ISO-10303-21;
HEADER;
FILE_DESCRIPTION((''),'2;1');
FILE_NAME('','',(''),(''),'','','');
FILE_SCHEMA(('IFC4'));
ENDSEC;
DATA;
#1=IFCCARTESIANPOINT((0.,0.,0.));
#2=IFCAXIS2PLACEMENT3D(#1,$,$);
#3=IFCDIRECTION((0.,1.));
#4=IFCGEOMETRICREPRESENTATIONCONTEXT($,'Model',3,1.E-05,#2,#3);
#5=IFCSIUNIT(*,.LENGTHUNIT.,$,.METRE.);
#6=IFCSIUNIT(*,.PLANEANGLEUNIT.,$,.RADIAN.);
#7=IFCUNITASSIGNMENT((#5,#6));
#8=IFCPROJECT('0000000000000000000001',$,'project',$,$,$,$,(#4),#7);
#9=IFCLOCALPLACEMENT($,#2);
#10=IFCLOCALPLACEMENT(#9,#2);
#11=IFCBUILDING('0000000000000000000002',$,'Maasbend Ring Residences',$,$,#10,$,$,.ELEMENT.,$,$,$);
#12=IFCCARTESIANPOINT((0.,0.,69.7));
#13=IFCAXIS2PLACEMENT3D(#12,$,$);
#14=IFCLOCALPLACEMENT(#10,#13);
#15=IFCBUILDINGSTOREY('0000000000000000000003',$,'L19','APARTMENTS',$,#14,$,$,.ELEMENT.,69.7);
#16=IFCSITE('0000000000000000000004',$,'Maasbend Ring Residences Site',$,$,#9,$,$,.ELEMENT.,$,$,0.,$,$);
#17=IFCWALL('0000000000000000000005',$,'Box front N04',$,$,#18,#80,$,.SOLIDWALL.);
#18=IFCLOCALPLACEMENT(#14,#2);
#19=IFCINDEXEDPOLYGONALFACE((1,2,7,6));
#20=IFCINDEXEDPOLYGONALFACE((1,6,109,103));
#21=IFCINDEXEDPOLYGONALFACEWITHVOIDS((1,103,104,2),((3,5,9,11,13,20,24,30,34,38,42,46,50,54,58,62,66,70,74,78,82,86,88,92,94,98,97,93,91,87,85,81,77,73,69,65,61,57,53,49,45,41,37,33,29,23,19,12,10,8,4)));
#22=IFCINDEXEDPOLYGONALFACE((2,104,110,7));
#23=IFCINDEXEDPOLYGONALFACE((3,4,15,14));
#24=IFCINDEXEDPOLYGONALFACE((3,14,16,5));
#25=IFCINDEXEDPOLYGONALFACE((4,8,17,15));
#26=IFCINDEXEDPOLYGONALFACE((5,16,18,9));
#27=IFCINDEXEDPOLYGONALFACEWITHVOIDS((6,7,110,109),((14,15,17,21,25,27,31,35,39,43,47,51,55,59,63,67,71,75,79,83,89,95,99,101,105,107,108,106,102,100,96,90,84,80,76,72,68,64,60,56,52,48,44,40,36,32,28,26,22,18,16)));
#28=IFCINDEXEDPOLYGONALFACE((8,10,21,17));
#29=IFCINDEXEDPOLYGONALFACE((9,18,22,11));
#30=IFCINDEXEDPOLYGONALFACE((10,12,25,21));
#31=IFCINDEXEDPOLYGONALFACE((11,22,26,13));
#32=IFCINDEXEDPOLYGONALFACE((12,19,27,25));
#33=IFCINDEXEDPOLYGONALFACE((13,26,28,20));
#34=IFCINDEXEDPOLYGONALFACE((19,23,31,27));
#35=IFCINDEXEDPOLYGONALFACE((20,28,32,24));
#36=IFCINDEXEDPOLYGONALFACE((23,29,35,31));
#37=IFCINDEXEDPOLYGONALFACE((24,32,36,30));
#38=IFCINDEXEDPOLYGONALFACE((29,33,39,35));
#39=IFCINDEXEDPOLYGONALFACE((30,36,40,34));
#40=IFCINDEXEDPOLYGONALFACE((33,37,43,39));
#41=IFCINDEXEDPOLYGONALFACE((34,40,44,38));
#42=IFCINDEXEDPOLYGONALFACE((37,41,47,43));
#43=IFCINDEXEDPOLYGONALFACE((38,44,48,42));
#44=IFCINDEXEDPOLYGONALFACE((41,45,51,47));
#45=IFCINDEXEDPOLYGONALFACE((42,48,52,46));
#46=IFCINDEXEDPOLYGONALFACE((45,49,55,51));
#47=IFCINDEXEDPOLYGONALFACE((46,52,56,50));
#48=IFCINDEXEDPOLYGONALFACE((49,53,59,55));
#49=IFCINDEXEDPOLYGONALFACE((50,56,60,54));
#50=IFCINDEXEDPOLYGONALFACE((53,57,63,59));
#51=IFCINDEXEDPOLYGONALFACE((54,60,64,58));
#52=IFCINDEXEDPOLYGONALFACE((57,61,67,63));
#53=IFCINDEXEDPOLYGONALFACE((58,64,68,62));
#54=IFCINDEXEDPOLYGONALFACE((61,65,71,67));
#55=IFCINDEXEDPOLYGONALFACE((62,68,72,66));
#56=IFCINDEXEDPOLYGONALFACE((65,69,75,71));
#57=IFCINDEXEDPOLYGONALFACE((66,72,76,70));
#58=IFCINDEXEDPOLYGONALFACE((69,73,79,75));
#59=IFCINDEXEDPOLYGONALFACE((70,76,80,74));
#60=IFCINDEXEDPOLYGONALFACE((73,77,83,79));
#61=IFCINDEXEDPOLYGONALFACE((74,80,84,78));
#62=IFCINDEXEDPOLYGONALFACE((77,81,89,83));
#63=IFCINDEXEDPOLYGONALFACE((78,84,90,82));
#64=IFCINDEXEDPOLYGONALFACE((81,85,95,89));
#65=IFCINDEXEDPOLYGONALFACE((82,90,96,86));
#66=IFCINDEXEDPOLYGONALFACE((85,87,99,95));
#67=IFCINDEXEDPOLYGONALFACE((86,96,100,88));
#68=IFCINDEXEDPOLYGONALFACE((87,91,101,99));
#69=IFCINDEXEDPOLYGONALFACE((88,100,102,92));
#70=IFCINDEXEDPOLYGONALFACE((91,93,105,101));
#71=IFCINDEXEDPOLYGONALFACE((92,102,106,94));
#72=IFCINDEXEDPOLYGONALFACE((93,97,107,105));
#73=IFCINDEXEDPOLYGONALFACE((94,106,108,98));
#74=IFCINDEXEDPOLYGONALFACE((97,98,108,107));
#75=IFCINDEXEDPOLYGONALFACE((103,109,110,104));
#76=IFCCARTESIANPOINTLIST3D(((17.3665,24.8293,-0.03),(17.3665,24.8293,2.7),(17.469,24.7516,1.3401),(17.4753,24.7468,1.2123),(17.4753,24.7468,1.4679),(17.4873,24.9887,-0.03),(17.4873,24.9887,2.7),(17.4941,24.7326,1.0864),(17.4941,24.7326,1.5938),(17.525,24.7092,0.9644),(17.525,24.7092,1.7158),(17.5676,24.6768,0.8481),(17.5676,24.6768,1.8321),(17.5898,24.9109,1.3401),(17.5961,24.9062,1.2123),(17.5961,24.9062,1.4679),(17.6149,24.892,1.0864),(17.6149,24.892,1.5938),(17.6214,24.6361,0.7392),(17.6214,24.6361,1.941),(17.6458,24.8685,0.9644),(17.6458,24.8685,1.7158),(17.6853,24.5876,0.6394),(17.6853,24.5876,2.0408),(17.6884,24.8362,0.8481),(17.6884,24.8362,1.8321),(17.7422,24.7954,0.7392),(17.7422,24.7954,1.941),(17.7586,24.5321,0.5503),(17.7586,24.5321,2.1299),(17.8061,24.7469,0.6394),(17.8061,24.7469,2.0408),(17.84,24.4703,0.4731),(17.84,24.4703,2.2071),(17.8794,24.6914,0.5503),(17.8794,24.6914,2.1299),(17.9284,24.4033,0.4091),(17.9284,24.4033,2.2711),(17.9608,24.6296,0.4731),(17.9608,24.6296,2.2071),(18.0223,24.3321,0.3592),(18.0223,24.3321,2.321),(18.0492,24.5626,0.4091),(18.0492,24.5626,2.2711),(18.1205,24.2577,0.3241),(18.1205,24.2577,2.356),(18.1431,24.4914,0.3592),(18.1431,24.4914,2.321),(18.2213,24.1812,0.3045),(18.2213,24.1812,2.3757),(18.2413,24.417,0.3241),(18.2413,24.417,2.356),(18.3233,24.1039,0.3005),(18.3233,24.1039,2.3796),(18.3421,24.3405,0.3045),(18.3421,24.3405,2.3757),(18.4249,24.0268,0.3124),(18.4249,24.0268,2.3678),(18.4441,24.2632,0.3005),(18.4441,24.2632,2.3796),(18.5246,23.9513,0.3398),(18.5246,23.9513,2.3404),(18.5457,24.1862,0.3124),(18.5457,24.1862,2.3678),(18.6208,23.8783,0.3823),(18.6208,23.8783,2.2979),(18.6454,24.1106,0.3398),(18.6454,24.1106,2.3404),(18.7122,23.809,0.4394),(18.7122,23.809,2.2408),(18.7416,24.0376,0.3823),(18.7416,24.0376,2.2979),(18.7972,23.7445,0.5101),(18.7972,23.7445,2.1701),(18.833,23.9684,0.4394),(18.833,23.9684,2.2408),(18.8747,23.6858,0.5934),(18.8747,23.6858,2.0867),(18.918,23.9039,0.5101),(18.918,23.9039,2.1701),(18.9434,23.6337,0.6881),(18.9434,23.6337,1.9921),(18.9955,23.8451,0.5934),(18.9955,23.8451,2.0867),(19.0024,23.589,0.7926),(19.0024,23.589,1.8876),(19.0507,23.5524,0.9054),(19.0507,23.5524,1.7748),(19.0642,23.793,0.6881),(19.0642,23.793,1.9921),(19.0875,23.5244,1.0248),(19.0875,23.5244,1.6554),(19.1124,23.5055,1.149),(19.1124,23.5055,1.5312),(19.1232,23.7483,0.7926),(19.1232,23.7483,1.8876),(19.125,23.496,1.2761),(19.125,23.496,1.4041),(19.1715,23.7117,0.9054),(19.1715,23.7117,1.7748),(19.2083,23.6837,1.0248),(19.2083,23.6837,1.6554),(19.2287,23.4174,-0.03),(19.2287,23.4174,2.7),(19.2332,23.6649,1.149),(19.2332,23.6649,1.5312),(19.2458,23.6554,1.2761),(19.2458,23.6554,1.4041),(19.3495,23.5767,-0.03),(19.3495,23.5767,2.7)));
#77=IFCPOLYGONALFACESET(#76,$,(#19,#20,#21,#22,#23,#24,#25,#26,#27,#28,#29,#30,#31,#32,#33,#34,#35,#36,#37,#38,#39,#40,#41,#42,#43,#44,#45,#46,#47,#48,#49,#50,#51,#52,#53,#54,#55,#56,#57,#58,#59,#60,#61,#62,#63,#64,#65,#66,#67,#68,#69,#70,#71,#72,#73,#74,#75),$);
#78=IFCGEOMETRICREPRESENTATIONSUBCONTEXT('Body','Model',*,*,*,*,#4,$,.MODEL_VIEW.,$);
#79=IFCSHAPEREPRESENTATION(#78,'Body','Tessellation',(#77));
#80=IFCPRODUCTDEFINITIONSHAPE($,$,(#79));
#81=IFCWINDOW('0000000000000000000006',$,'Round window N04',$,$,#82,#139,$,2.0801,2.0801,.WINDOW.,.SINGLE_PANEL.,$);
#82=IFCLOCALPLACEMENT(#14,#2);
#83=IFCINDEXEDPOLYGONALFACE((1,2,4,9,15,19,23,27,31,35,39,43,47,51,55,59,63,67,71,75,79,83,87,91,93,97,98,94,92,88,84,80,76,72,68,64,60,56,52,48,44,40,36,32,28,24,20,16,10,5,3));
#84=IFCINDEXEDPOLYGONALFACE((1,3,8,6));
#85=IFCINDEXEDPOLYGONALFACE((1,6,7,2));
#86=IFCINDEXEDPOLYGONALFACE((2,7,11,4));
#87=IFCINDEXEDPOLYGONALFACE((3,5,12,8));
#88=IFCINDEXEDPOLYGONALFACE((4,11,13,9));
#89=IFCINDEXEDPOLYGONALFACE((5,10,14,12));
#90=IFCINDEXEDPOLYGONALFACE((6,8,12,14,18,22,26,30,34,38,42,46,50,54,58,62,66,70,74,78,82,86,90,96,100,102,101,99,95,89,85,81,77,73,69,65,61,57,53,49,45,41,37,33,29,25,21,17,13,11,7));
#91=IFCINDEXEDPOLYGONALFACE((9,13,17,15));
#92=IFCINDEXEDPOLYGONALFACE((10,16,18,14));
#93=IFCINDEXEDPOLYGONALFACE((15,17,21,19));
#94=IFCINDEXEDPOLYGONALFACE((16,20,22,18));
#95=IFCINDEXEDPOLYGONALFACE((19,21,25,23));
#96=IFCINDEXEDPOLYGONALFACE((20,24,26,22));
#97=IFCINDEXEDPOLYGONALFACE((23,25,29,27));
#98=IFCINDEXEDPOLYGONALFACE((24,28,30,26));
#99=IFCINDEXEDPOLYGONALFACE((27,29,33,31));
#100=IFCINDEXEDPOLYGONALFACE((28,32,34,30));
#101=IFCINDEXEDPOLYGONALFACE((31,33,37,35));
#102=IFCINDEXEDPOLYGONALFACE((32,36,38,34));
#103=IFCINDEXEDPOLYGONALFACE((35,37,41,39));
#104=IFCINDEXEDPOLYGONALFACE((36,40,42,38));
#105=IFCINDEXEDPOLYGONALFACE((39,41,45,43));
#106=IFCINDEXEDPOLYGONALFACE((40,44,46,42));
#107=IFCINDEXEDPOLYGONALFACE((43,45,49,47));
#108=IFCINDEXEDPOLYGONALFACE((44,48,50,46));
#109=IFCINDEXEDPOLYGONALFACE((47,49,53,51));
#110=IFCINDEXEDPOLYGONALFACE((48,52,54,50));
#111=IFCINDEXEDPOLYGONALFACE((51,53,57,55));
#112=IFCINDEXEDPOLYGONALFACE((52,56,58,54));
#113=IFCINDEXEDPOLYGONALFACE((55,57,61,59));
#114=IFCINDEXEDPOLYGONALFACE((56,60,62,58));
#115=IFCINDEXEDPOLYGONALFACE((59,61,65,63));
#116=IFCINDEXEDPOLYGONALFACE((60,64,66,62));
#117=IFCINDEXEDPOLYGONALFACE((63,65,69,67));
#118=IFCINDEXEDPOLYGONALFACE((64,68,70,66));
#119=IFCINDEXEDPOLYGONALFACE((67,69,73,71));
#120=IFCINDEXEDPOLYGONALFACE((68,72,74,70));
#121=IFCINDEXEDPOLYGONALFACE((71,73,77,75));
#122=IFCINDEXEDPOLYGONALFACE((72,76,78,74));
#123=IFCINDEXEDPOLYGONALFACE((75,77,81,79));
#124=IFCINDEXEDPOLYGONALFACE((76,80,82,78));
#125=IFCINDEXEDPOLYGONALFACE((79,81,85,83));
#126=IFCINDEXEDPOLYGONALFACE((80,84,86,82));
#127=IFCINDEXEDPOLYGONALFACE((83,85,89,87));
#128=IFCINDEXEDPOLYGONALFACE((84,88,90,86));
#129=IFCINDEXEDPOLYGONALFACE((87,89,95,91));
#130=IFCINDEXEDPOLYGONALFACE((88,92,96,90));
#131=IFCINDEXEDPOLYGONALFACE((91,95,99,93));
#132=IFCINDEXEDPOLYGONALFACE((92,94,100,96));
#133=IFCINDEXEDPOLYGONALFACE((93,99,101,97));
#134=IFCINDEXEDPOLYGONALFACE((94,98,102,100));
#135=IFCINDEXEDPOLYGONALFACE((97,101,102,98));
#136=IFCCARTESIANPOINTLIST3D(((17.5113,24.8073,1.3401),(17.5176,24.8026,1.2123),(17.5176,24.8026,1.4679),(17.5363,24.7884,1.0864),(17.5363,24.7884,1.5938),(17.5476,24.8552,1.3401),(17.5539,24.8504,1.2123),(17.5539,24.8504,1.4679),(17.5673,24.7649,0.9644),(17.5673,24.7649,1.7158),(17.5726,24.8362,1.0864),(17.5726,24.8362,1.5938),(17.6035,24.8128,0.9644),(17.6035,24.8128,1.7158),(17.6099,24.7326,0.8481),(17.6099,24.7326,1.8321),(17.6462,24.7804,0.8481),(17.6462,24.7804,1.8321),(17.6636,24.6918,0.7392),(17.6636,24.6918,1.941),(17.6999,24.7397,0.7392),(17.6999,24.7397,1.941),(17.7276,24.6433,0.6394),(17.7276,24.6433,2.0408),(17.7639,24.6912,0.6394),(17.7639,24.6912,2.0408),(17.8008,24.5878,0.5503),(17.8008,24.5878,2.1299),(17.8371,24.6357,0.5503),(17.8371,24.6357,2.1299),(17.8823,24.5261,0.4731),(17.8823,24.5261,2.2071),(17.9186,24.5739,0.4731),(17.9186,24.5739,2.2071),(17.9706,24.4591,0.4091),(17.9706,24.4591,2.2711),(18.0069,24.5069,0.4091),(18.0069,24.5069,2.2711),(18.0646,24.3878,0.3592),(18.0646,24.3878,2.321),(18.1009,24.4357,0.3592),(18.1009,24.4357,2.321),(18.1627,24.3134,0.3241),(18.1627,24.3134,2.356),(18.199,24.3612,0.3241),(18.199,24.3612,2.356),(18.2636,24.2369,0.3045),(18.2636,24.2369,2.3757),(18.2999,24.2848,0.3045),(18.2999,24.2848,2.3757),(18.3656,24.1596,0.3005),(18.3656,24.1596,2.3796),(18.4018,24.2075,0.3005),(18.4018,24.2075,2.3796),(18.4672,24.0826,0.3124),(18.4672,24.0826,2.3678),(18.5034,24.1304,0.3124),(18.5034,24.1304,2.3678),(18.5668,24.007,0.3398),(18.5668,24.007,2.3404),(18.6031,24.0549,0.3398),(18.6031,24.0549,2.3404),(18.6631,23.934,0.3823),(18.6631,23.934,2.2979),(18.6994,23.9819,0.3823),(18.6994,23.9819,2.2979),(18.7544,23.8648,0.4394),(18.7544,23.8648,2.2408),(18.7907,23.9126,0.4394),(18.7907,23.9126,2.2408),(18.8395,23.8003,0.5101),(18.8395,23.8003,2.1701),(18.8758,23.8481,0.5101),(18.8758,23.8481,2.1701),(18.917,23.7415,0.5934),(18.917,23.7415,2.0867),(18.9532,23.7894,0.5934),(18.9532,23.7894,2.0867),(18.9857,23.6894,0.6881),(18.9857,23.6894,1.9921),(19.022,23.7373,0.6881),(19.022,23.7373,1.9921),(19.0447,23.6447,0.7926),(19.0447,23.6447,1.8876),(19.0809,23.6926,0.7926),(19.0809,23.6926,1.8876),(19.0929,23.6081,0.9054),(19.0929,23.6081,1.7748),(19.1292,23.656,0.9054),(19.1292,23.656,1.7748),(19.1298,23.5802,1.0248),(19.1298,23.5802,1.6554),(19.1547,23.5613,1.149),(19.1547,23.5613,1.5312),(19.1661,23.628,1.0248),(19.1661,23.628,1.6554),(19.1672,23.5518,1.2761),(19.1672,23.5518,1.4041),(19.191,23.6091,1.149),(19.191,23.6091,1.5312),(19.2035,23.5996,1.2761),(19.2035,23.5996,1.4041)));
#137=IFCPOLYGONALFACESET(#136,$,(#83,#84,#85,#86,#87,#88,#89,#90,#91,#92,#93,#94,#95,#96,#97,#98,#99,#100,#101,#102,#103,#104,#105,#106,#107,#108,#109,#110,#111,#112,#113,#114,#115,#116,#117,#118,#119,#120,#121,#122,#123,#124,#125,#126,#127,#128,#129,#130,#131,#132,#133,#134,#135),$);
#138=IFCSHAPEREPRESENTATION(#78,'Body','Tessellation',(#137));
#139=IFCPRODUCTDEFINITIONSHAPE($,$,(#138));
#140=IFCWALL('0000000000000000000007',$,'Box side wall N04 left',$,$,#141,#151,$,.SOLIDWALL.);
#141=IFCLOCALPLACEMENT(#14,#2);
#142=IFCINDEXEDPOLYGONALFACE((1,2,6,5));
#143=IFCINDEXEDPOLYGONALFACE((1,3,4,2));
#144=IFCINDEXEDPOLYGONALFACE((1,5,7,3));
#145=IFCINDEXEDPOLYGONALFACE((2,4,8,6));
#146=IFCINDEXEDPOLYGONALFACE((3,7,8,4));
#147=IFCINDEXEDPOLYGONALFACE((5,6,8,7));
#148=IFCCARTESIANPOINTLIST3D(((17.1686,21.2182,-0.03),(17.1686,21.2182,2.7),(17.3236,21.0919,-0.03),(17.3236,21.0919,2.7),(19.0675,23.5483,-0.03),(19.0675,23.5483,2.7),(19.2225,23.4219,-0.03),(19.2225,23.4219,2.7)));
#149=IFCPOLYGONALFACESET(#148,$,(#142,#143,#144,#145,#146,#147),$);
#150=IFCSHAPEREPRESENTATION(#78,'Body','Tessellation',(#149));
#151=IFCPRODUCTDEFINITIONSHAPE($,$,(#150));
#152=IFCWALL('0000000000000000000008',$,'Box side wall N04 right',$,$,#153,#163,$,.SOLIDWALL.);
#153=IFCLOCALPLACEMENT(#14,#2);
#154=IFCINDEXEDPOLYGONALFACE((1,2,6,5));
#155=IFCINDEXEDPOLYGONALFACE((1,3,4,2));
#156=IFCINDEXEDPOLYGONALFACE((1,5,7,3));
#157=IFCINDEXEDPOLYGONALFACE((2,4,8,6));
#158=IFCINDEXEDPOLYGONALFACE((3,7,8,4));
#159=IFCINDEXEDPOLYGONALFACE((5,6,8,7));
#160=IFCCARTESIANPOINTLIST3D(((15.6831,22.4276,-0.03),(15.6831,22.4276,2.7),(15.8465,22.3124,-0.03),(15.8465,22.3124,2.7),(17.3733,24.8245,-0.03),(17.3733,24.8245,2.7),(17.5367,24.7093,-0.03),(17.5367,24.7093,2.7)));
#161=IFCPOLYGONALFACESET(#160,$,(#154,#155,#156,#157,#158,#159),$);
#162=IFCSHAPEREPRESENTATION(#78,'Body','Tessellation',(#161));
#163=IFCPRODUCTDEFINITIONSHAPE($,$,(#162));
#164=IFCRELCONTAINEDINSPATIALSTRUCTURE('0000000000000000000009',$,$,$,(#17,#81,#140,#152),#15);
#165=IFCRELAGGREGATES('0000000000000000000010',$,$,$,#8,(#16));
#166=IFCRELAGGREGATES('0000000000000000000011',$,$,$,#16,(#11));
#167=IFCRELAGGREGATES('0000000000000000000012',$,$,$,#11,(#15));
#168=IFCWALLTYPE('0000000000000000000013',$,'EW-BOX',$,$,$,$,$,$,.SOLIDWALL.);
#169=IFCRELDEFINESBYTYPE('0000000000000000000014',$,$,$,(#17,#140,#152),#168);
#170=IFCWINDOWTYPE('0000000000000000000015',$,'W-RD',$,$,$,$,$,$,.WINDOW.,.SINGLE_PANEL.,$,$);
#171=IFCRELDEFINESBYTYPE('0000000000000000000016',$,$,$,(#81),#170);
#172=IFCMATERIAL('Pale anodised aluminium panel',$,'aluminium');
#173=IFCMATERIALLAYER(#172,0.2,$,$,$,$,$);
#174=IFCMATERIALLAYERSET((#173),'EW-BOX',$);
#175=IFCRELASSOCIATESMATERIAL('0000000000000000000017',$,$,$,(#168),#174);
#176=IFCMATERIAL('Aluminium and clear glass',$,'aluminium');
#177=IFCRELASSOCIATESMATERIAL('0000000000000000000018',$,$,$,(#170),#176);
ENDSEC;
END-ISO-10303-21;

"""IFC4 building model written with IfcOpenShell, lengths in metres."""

from ifc_helpers import new_model, si_unit, direction, frame, frame_2d, origin, place, context, subcontext, project, spatial, rectangle, circle, extrude, material, layer, layer_set, type_object, element, fill, save


model = new_model("IFC4")

# Units and contexts
model_context = context("Model", 3, precision=1e-05, world=origin(), true_north=direction((0.0, 1.0)))
body_context = subcontext(model_context, "Body", "Model", "MODEL_VIEW")
ifc_project = project(units=[si_unit("LENGTHUNIT", "METRE"), si_unit("PLANEANGLEUNIT", "RADIAN")], contexts=[model_context])

# Site, building, storey
site_placement = place(None, origin())
site = spatial("IfcSite", under=ifc_project, at=site_placement, Name="Maasbend Ring Residences Site", CompositionType="ELEMENT", RefElevation=0.0)
building_placement = place(site_placement, origin())
building = spatial("IfcBuilding", under=site, at=building_placement, Name="Maasbend Ring Residences", CompositionType="ELEMENT")
storey_placement = place(building_placement, frame((0.0, 0.0, 69.7)))
storey = spatial("IfcBuildingStorey", under=building, at=storey_placement, Name="L19", Description="APARTMENTS", CompositionType="ELEMENT", Elevation=69.7)

# Shared definitions
ifc_material_1 = material(Name="Pale anodised aluminium panel", Category="aluminium")
ifc_layer_1 = layer(ifc_material_1, 0.2)
ifc_layer_set_1 = layer_set([ifc_layer_1], Name="EW-BOX")
wall_type_1 = type_object("IfcWallType", Name="EW-BOX", PredefinedType="SOLIDWALL", material=ifc_layer_set_1)
ifc_material_2 = material(Name="Aluminium and clear glass", Category="aluminium")
window_type_1 = type_object("IfcWindowType", Name="W-RD", PartitioningType="SINGLE_PANEL", PredefinedType="WINDOW", material=ifc_material_2)

# Wall, opening, window
wall_1_placement = place(storey_placement, frame((19.2891, 23.4971, -0.03), z_axis=(0.0, 0.0, 1.0), x_axis=(-0.796842, 0.604188, 0.0)))
wall_1 = element("IfcWall", 1, at=wall_1_placement, inside=storey, type_object=wall_type_1, Name="Box front N04", PredefinedType="SOLIDWALL", context=body_context, shape_type="SweptSolid", body=[
    extrude(rectangle(XDim=2.3369, YDim=0.2, at=frame_2d((1.1685, 0.0))), origin(), (0.0, 0.0, 1.0), 2.73),
])
opening_1_placement = place(wall_1_placement, frame((0.1282, 0.0, 0.3301)))
opening_1 = element("IfcOpeningElement", 2, at=opening_1_placement, cuts=wall_1, PredefinedType="OPENING", context=body_context, shape_type="SweptSolid", body=[
    extrude(circle(Radius=1.04, at=frame_2d((1.04, 1.04))), frame((0.0, 0.1099, 0.0), z_axis=(0.0, -1.0, 0.0), x_axis=(1.0, 0.0, 0.0)), (0.0, 0.0, 1.0), 0.22),
])
window_1_placement = place(opening_1_placement, origin())
window_1 = element("IfcWindow", 3, at=window_1_placement, inside=storey, type_object=window_type_1, Name="Round window N04", OverallHeight=2.0801, OverallWidth=2.0801, PartitioningType="SINGLE_PANEL", PredefinedType="WINDOW", context=body_context, shape_type="SweptSolid", body=[
    extrude(circle(Radius=1.04, at=frame_2d((1.04, 1.04))), frame((0.0, 0.03, 0.0), z_axis=(0.0, -1.0, 0.0), x_axis=(1.0, 0.0, 0.0)), (0.0, 0.0, 1.0), 0.0601),
])
fill(opening_1, window_1)

# Walls
wall_2_placement = place(storey_placement, frame((17.2461, 21.155, -0.03), z_axis=(0.0, 0.0, 1.0), x_axis=(0.631742, 0.775179, 0.0)))
element("IfcWall", 4, at=wall_2_placement, inside=storey, type_object=wall_type_1, Name="Box side wall N04 left", PredefinedType="SOLIDWALL", context=body_context, shape_type="SweptSolid", body=[
    extrude(rectangle(XDim=3.0059, YDim=0.2, at=frame_2d((1.5029, 0.0))), origin(), (0.0, 0.0, 1.0), 2.73),
])
wall_3_placement = place(storey_placement, frame((15.7649, 22.3701, -0.03), z_axis=(0.0, 0.0, 1.0), x_axis=(0.576275, 0.817256, 0.0)))
element("IfcWall", 5, at=wall_3_placement, inside=storey, type_object=wall_type_1, Name="Box side wall N04 right", PredefinedType="SOLIDWALL", context=body_context, shape_type="SweptSolid", body=[
    extrude(rectangle(XDim=2.9329, YDim=0.2, at=frame_2d((1.4663, 0.0))), origin(), (0.0, 0.0, 1.0), 2.73),
])

save(model, "model.ifc")
